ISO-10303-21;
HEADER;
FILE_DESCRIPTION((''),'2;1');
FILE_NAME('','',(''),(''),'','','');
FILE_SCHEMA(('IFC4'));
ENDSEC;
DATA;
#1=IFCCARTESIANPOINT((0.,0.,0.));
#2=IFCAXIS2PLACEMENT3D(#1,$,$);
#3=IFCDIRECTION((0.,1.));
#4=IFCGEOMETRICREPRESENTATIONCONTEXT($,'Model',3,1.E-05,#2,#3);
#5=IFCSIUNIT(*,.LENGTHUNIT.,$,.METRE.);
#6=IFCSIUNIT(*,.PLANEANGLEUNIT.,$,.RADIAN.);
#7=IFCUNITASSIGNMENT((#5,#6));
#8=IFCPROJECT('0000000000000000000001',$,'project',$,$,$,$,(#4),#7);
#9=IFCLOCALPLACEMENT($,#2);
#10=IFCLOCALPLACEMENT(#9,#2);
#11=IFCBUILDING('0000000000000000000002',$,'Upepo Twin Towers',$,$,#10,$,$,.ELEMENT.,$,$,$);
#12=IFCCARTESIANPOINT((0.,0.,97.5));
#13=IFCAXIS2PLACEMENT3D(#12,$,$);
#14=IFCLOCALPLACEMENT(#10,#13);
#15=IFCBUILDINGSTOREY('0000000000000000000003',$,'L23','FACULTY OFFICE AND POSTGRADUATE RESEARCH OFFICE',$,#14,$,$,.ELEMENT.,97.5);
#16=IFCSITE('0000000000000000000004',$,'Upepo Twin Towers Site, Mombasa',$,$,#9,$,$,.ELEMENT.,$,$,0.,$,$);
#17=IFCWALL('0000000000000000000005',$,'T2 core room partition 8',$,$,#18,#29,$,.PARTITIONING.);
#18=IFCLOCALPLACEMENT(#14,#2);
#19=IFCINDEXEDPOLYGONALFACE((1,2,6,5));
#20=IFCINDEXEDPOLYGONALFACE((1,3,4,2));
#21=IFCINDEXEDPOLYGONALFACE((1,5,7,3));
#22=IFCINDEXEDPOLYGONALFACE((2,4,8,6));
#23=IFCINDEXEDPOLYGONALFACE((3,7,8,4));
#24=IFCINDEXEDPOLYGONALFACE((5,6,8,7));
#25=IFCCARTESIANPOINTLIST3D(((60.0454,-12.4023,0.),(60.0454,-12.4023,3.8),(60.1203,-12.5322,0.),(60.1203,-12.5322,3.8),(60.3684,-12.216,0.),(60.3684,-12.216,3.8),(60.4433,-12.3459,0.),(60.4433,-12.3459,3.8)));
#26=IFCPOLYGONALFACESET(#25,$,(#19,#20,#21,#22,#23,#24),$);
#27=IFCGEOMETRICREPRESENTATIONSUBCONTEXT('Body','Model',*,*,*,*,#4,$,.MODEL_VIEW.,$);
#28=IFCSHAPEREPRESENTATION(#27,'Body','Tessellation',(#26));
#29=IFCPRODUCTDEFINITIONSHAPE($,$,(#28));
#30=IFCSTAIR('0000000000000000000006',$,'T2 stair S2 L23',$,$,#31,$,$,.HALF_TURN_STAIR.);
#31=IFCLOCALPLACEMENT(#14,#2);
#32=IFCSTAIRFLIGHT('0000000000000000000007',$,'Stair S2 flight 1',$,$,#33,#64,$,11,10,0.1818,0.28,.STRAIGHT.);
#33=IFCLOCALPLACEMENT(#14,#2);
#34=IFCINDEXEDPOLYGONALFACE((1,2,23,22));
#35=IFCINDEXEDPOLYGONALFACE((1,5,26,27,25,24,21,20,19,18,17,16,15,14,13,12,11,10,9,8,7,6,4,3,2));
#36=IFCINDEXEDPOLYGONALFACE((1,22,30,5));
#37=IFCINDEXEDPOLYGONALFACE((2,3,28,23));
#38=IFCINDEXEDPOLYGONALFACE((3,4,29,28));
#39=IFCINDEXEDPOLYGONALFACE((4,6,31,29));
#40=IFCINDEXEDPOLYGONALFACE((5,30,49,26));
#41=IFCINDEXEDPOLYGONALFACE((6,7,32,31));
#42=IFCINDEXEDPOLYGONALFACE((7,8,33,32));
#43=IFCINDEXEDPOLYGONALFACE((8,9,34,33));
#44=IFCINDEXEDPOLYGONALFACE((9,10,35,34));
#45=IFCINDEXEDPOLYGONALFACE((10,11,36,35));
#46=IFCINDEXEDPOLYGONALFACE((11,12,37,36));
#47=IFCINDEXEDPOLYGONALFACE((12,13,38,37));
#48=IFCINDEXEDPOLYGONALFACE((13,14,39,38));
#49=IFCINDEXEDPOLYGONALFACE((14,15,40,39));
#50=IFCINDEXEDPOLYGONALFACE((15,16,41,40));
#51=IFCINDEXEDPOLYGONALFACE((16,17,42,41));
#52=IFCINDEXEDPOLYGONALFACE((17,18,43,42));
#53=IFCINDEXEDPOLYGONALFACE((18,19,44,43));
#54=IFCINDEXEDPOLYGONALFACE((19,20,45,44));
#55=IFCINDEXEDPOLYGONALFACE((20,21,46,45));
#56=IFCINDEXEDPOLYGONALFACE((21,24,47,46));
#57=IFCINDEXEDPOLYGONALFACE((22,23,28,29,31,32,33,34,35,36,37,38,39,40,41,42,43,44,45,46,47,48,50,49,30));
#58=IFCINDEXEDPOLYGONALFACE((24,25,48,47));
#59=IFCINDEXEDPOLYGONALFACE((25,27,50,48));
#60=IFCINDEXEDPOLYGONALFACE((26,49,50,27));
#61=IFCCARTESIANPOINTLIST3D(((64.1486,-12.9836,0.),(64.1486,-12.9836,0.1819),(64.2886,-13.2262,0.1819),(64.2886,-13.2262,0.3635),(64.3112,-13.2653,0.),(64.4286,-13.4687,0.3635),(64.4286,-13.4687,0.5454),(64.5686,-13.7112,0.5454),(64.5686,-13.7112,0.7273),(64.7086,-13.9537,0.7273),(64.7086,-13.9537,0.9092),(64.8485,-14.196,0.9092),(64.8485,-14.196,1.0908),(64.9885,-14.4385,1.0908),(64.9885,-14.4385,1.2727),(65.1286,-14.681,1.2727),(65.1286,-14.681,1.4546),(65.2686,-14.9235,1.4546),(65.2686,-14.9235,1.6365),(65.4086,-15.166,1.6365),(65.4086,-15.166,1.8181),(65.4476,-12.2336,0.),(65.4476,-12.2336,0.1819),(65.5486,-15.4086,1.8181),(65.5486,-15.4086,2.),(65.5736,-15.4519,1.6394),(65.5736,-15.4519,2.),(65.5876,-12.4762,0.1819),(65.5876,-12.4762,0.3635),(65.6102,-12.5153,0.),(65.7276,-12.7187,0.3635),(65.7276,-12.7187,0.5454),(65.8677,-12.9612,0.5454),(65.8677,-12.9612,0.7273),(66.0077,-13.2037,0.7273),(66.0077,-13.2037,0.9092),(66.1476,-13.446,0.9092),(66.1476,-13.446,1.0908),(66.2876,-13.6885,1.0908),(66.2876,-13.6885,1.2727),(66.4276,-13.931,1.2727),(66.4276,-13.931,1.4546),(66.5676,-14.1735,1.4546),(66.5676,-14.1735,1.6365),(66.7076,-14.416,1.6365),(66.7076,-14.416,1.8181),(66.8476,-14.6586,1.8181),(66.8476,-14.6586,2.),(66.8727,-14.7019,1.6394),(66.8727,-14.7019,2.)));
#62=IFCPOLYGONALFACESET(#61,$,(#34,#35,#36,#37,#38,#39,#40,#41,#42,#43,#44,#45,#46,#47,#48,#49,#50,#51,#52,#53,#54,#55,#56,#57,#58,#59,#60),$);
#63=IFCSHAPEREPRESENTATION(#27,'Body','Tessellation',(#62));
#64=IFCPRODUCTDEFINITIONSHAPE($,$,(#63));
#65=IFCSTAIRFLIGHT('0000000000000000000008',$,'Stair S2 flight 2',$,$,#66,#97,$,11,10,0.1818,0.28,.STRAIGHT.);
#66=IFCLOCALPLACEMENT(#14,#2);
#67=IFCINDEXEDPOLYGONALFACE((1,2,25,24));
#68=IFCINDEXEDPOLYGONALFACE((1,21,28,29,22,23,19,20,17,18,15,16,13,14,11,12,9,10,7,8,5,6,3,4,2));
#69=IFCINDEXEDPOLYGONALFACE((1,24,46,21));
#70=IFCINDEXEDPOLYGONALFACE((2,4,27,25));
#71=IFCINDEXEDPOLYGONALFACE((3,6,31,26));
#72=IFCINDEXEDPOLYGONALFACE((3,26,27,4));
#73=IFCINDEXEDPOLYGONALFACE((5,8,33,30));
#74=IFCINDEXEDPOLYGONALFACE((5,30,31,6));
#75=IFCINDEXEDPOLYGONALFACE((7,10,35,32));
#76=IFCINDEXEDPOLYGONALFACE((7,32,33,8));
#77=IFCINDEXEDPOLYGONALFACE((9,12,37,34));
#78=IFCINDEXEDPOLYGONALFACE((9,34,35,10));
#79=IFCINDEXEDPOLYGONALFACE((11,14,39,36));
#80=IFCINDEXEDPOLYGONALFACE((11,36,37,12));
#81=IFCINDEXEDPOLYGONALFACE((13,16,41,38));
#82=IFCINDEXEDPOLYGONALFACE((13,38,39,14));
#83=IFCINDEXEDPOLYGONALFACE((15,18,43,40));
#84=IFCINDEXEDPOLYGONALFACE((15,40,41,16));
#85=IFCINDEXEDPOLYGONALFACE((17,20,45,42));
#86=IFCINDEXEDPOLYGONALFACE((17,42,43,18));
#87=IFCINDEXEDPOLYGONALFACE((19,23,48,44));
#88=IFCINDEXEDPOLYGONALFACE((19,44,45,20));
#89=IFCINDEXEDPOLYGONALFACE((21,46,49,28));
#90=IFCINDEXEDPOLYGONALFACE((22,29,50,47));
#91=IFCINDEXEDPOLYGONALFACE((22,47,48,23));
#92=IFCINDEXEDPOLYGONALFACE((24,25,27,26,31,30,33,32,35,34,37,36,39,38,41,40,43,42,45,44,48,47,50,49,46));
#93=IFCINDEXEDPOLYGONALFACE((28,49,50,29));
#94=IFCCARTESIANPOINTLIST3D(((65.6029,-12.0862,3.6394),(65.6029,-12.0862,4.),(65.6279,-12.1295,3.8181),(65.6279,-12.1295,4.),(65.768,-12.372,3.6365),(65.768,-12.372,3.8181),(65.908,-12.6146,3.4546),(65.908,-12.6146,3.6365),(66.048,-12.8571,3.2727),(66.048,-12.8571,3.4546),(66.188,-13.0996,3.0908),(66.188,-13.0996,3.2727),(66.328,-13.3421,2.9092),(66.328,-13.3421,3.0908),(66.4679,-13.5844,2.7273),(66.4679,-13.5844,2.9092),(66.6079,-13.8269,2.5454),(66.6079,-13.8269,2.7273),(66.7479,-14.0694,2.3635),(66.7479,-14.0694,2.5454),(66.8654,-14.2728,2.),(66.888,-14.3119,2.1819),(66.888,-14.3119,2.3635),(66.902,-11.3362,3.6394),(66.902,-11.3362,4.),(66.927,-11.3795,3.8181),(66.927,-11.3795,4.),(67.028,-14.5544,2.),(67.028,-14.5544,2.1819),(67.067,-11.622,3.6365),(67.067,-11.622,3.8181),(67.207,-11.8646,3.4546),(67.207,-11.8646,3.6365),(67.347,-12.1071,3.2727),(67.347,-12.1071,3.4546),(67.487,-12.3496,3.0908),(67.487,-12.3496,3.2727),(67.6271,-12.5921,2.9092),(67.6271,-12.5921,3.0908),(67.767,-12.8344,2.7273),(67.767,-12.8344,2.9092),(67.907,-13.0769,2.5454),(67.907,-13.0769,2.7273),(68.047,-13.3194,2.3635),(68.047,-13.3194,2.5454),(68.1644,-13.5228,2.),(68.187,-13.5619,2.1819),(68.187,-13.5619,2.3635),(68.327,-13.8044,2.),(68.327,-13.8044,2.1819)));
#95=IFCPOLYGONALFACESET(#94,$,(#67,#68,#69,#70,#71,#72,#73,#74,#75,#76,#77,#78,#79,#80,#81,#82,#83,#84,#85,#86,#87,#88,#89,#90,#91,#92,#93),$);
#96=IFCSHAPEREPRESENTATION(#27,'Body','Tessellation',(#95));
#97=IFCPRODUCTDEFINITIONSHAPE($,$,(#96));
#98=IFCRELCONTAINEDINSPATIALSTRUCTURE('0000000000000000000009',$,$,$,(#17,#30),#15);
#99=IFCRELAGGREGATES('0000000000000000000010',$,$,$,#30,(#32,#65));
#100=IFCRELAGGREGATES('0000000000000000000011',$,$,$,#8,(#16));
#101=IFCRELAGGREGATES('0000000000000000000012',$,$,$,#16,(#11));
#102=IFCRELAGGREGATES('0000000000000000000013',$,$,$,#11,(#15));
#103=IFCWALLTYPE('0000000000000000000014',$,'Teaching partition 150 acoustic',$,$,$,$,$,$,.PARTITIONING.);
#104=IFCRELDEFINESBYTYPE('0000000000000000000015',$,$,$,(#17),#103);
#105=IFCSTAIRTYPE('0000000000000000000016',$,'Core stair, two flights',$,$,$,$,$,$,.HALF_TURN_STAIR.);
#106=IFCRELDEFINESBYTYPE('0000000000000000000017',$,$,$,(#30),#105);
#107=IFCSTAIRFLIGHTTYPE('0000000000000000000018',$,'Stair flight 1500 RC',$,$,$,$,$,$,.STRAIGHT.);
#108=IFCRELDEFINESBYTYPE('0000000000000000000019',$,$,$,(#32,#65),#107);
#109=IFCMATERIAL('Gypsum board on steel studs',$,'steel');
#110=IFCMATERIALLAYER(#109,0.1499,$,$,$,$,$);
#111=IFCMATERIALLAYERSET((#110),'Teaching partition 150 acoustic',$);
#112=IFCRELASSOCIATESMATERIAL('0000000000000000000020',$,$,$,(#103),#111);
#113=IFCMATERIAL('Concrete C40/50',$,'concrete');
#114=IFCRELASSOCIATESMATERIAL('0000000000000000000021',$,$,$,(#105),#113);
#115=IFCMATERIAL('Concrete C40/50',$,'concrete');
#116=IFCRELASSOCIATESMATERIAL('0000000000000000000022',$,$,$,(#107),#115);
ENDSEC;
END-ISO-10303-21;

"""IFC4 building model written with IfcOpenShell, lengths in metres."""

from ifc_helpers import new_model, si_unit, direction, frame, frame_2d, origin, place, context, subcontext, project, spatial, polyline, rectangle, outline, extrude, material, layer, layer_set, type_object, element, aggregate, save


model = new_model("IFC4")

# Units and contexts
model_context = context("Model", 3, precision=1e-05, world=origin(), true_north=direction((0.0, 1.0)))
body_context = subcontext(model_context, "Body", "Model", "MODEL_VIEW")
ifc_project = project(units=[si_unit("LENGTHUNIT", "METRE"), si_unit("PLANEANGLEUNIT", "RADIAN")], contexts=[model_context])

# Site, building, storey
site_placement = place(None, origin())
site = spatial("IfcSite", under=ifc_project, at=site_placement, Name="Upepo Twin Towers Site, Mombasa", CompositionType="ELEMENT", RefElevation=0.0)
building_placement = place(site_placement, origin())
building = spatial("IfcBuilding", under=site, at=building_placement, Name="Upepo Twin Towers", CompositionType="ELEMENT")
storey_placement = place(building_placement, frame((0.0, 0.0, 97.5)))
storey = spatial("IfcBuildingStorey", under=building, at=storey_placement, Name="L23", Description="FACULTY OFFICE AND POSTGRADUATE RESEARCH OFFICE", CompositionType="ELEMENT", Elevation=97.5)

# Shared definitions
ifc_material_1 = material(Name="Gypsum board on steel studs", Category="steel")
ifc_layer_1 = layer(ifc_material_1, 0.1499)
ifc_layer_set_1 = layer_set([ifc_layer_1], Name="Teaching partition 150 acoustic")
wall_type_1 = type_object("IfcWallType", Name="Teaching partition 150 acoustic", PredefinedType="PARTITIONING", material=ifc_layer_set_1)

# Wall
wall_1_placement = place(storey_placement, frame((60.0828, -12.4673, 0.0), z_axis=(0.0, 0.0, 1.0), x_axis=(0.866262, 0.49959, 0.0)))
element("IfcWall", 1, at=wall_1_placement, inside=storey, type_object=wall_type_1, Name="T2 core room partition 8", PredefinedType="PARTITIONING", context=body_context, shape_type="SweptSolid", body=[
    extrude(rectangle(XDim=0.3728, YDim=0.1499, at=frame_2d((0.1865, 0.0))), origin(), (0.0, 0.0, 1.0), 3.8),
])

# Stair, stair flights
ifc_material_2 = material(Name="Concrete C40/50", Category="concrete")
stair_type = type_object("IfcStairType", Name="Core stair, two flights", PredefinedType="HALF_TURN_STAIR", material=ifc_material_2)
stair_placement = place(storey_placement, origin())
stair = element("IfcStair", 2, at=stair_placement, inside=storey, type_object=stair_type, Name="T2 stair S2 L23", PredefinedType="HALF_TURN_STAIR")
ifc_material_3 = material(Name="Concrete C40/50", Category="concrete")
stair_flight_type = type_object("IfcStairFlightType", Name="Stair flight 1500 RC", PredefinedType="STRAIGHT", material=ifc_material_3)
stair_flight_1_placement = place(storey_placement, frame((64.7981, -12.6086, 0.0), z_axis=(0.0, 0.0, 1.0), x_axis=(0.5, -0.866025, 0.0)))
stair_flight_1 = element("IfcStairFlight", 3, at=stair_flight_1_placement, type_object=stair_flight_type, Name="Stair S2 flight 1", NumberOfRisers=11, NumberOfTreads=10, PredefinedType="STRAIGHT", RiserHeight=0.1818, TreadLength=0.28, context=body_context, shape_type="SweptSolid", body=[
    extrude(outline(polyline([(0.0, 0.0), (0.0, 0.1819), (0.28, 0.1819), (0.28, 0.3635), (0.5601, 0.3635), (0.5601, 0.5454), (0.8401, 0.5454), (0.8401, 0.7273), (1.1201, 0.7273), (1.1201, 0.9092), (1.3999, 0.9092), (1.3999, 1.0908), (1.6799, 1.0908), (1.6799, 1.2727), (1.96, 1.2727), (1.96, 1.4546), (2.24, 1.4546), (2.24, 1.6365), (2.52, 1.6365), (2.52, 1.8181), (2.8, 1.8181), (2.8, 2.0), (2.8501, 2.0), (2.8501, 1.6394), (0.3252, 0.0), (0.0, 0.0)])), frame((0.0, 0.75, 0.0), z_axis=(0.0, -1.0, 0.0), x_axis=(1.0, 0.0, 0.0)), (0.0, 0.0, 1.0), 1.5),
])
stair_flight_2_placement = place(storey_placement, frame((67.6775, -14.1794, 2.0), z_axis=(0.0, 0.0, 1.0), x_axis=(-0.5, 0.866025, 0.0)))
stair_flight_2 = element("IfcStairFlight", 4, at=stair_flight_2_placement, type_object=stair_flight_type, Name="Stair S2 flight 2", NumberOfRisers=11, NumberOfTreads=10, PredefinedType="STRAIGHT", RiserHeight=0.1818, TreadLength=0.28, context=body_context, shape_type="SweptSolid", body=[
    extrude(outline(polyline([(0.0, 0.0), (0.0, 0.1819), (0.28, 0.1819), (0.28, 0.3635), (0.5601, 0.3635), (0.5601, 0.5454), (0.8401, 0.5454), (0.8401, 0.7273), (1.1201, 0.7273), (1.1201, 0.9092), (1.3999, 0.9092), (1.3999, 1.0908), (1.6799, 1.0908), (1.6799, 1.2727), (1.96, 1.2727), (1.96, 1.4546), (2.24, 1.4546), (2.24, 1.6365), (2.52, 1.6365), (2.52, 1.8181), (2.8, 1.8181), (2.8, 2.0), (2.8501, 2.0), (2.8501, 1.6394), (0.3252, 0.0), (0.0, 0.0)])), frame((0.0, 0.75, 0.0), z_axis=(0.0, -1.0, 0.0), x_axis=(1.0, 0.0, 0.0)), (0.0, 0.0, 1.0), 1.5),
])
aggregate(stair, [stair_flight_1, stair_flight_2])

save(model, "model.ifc")
